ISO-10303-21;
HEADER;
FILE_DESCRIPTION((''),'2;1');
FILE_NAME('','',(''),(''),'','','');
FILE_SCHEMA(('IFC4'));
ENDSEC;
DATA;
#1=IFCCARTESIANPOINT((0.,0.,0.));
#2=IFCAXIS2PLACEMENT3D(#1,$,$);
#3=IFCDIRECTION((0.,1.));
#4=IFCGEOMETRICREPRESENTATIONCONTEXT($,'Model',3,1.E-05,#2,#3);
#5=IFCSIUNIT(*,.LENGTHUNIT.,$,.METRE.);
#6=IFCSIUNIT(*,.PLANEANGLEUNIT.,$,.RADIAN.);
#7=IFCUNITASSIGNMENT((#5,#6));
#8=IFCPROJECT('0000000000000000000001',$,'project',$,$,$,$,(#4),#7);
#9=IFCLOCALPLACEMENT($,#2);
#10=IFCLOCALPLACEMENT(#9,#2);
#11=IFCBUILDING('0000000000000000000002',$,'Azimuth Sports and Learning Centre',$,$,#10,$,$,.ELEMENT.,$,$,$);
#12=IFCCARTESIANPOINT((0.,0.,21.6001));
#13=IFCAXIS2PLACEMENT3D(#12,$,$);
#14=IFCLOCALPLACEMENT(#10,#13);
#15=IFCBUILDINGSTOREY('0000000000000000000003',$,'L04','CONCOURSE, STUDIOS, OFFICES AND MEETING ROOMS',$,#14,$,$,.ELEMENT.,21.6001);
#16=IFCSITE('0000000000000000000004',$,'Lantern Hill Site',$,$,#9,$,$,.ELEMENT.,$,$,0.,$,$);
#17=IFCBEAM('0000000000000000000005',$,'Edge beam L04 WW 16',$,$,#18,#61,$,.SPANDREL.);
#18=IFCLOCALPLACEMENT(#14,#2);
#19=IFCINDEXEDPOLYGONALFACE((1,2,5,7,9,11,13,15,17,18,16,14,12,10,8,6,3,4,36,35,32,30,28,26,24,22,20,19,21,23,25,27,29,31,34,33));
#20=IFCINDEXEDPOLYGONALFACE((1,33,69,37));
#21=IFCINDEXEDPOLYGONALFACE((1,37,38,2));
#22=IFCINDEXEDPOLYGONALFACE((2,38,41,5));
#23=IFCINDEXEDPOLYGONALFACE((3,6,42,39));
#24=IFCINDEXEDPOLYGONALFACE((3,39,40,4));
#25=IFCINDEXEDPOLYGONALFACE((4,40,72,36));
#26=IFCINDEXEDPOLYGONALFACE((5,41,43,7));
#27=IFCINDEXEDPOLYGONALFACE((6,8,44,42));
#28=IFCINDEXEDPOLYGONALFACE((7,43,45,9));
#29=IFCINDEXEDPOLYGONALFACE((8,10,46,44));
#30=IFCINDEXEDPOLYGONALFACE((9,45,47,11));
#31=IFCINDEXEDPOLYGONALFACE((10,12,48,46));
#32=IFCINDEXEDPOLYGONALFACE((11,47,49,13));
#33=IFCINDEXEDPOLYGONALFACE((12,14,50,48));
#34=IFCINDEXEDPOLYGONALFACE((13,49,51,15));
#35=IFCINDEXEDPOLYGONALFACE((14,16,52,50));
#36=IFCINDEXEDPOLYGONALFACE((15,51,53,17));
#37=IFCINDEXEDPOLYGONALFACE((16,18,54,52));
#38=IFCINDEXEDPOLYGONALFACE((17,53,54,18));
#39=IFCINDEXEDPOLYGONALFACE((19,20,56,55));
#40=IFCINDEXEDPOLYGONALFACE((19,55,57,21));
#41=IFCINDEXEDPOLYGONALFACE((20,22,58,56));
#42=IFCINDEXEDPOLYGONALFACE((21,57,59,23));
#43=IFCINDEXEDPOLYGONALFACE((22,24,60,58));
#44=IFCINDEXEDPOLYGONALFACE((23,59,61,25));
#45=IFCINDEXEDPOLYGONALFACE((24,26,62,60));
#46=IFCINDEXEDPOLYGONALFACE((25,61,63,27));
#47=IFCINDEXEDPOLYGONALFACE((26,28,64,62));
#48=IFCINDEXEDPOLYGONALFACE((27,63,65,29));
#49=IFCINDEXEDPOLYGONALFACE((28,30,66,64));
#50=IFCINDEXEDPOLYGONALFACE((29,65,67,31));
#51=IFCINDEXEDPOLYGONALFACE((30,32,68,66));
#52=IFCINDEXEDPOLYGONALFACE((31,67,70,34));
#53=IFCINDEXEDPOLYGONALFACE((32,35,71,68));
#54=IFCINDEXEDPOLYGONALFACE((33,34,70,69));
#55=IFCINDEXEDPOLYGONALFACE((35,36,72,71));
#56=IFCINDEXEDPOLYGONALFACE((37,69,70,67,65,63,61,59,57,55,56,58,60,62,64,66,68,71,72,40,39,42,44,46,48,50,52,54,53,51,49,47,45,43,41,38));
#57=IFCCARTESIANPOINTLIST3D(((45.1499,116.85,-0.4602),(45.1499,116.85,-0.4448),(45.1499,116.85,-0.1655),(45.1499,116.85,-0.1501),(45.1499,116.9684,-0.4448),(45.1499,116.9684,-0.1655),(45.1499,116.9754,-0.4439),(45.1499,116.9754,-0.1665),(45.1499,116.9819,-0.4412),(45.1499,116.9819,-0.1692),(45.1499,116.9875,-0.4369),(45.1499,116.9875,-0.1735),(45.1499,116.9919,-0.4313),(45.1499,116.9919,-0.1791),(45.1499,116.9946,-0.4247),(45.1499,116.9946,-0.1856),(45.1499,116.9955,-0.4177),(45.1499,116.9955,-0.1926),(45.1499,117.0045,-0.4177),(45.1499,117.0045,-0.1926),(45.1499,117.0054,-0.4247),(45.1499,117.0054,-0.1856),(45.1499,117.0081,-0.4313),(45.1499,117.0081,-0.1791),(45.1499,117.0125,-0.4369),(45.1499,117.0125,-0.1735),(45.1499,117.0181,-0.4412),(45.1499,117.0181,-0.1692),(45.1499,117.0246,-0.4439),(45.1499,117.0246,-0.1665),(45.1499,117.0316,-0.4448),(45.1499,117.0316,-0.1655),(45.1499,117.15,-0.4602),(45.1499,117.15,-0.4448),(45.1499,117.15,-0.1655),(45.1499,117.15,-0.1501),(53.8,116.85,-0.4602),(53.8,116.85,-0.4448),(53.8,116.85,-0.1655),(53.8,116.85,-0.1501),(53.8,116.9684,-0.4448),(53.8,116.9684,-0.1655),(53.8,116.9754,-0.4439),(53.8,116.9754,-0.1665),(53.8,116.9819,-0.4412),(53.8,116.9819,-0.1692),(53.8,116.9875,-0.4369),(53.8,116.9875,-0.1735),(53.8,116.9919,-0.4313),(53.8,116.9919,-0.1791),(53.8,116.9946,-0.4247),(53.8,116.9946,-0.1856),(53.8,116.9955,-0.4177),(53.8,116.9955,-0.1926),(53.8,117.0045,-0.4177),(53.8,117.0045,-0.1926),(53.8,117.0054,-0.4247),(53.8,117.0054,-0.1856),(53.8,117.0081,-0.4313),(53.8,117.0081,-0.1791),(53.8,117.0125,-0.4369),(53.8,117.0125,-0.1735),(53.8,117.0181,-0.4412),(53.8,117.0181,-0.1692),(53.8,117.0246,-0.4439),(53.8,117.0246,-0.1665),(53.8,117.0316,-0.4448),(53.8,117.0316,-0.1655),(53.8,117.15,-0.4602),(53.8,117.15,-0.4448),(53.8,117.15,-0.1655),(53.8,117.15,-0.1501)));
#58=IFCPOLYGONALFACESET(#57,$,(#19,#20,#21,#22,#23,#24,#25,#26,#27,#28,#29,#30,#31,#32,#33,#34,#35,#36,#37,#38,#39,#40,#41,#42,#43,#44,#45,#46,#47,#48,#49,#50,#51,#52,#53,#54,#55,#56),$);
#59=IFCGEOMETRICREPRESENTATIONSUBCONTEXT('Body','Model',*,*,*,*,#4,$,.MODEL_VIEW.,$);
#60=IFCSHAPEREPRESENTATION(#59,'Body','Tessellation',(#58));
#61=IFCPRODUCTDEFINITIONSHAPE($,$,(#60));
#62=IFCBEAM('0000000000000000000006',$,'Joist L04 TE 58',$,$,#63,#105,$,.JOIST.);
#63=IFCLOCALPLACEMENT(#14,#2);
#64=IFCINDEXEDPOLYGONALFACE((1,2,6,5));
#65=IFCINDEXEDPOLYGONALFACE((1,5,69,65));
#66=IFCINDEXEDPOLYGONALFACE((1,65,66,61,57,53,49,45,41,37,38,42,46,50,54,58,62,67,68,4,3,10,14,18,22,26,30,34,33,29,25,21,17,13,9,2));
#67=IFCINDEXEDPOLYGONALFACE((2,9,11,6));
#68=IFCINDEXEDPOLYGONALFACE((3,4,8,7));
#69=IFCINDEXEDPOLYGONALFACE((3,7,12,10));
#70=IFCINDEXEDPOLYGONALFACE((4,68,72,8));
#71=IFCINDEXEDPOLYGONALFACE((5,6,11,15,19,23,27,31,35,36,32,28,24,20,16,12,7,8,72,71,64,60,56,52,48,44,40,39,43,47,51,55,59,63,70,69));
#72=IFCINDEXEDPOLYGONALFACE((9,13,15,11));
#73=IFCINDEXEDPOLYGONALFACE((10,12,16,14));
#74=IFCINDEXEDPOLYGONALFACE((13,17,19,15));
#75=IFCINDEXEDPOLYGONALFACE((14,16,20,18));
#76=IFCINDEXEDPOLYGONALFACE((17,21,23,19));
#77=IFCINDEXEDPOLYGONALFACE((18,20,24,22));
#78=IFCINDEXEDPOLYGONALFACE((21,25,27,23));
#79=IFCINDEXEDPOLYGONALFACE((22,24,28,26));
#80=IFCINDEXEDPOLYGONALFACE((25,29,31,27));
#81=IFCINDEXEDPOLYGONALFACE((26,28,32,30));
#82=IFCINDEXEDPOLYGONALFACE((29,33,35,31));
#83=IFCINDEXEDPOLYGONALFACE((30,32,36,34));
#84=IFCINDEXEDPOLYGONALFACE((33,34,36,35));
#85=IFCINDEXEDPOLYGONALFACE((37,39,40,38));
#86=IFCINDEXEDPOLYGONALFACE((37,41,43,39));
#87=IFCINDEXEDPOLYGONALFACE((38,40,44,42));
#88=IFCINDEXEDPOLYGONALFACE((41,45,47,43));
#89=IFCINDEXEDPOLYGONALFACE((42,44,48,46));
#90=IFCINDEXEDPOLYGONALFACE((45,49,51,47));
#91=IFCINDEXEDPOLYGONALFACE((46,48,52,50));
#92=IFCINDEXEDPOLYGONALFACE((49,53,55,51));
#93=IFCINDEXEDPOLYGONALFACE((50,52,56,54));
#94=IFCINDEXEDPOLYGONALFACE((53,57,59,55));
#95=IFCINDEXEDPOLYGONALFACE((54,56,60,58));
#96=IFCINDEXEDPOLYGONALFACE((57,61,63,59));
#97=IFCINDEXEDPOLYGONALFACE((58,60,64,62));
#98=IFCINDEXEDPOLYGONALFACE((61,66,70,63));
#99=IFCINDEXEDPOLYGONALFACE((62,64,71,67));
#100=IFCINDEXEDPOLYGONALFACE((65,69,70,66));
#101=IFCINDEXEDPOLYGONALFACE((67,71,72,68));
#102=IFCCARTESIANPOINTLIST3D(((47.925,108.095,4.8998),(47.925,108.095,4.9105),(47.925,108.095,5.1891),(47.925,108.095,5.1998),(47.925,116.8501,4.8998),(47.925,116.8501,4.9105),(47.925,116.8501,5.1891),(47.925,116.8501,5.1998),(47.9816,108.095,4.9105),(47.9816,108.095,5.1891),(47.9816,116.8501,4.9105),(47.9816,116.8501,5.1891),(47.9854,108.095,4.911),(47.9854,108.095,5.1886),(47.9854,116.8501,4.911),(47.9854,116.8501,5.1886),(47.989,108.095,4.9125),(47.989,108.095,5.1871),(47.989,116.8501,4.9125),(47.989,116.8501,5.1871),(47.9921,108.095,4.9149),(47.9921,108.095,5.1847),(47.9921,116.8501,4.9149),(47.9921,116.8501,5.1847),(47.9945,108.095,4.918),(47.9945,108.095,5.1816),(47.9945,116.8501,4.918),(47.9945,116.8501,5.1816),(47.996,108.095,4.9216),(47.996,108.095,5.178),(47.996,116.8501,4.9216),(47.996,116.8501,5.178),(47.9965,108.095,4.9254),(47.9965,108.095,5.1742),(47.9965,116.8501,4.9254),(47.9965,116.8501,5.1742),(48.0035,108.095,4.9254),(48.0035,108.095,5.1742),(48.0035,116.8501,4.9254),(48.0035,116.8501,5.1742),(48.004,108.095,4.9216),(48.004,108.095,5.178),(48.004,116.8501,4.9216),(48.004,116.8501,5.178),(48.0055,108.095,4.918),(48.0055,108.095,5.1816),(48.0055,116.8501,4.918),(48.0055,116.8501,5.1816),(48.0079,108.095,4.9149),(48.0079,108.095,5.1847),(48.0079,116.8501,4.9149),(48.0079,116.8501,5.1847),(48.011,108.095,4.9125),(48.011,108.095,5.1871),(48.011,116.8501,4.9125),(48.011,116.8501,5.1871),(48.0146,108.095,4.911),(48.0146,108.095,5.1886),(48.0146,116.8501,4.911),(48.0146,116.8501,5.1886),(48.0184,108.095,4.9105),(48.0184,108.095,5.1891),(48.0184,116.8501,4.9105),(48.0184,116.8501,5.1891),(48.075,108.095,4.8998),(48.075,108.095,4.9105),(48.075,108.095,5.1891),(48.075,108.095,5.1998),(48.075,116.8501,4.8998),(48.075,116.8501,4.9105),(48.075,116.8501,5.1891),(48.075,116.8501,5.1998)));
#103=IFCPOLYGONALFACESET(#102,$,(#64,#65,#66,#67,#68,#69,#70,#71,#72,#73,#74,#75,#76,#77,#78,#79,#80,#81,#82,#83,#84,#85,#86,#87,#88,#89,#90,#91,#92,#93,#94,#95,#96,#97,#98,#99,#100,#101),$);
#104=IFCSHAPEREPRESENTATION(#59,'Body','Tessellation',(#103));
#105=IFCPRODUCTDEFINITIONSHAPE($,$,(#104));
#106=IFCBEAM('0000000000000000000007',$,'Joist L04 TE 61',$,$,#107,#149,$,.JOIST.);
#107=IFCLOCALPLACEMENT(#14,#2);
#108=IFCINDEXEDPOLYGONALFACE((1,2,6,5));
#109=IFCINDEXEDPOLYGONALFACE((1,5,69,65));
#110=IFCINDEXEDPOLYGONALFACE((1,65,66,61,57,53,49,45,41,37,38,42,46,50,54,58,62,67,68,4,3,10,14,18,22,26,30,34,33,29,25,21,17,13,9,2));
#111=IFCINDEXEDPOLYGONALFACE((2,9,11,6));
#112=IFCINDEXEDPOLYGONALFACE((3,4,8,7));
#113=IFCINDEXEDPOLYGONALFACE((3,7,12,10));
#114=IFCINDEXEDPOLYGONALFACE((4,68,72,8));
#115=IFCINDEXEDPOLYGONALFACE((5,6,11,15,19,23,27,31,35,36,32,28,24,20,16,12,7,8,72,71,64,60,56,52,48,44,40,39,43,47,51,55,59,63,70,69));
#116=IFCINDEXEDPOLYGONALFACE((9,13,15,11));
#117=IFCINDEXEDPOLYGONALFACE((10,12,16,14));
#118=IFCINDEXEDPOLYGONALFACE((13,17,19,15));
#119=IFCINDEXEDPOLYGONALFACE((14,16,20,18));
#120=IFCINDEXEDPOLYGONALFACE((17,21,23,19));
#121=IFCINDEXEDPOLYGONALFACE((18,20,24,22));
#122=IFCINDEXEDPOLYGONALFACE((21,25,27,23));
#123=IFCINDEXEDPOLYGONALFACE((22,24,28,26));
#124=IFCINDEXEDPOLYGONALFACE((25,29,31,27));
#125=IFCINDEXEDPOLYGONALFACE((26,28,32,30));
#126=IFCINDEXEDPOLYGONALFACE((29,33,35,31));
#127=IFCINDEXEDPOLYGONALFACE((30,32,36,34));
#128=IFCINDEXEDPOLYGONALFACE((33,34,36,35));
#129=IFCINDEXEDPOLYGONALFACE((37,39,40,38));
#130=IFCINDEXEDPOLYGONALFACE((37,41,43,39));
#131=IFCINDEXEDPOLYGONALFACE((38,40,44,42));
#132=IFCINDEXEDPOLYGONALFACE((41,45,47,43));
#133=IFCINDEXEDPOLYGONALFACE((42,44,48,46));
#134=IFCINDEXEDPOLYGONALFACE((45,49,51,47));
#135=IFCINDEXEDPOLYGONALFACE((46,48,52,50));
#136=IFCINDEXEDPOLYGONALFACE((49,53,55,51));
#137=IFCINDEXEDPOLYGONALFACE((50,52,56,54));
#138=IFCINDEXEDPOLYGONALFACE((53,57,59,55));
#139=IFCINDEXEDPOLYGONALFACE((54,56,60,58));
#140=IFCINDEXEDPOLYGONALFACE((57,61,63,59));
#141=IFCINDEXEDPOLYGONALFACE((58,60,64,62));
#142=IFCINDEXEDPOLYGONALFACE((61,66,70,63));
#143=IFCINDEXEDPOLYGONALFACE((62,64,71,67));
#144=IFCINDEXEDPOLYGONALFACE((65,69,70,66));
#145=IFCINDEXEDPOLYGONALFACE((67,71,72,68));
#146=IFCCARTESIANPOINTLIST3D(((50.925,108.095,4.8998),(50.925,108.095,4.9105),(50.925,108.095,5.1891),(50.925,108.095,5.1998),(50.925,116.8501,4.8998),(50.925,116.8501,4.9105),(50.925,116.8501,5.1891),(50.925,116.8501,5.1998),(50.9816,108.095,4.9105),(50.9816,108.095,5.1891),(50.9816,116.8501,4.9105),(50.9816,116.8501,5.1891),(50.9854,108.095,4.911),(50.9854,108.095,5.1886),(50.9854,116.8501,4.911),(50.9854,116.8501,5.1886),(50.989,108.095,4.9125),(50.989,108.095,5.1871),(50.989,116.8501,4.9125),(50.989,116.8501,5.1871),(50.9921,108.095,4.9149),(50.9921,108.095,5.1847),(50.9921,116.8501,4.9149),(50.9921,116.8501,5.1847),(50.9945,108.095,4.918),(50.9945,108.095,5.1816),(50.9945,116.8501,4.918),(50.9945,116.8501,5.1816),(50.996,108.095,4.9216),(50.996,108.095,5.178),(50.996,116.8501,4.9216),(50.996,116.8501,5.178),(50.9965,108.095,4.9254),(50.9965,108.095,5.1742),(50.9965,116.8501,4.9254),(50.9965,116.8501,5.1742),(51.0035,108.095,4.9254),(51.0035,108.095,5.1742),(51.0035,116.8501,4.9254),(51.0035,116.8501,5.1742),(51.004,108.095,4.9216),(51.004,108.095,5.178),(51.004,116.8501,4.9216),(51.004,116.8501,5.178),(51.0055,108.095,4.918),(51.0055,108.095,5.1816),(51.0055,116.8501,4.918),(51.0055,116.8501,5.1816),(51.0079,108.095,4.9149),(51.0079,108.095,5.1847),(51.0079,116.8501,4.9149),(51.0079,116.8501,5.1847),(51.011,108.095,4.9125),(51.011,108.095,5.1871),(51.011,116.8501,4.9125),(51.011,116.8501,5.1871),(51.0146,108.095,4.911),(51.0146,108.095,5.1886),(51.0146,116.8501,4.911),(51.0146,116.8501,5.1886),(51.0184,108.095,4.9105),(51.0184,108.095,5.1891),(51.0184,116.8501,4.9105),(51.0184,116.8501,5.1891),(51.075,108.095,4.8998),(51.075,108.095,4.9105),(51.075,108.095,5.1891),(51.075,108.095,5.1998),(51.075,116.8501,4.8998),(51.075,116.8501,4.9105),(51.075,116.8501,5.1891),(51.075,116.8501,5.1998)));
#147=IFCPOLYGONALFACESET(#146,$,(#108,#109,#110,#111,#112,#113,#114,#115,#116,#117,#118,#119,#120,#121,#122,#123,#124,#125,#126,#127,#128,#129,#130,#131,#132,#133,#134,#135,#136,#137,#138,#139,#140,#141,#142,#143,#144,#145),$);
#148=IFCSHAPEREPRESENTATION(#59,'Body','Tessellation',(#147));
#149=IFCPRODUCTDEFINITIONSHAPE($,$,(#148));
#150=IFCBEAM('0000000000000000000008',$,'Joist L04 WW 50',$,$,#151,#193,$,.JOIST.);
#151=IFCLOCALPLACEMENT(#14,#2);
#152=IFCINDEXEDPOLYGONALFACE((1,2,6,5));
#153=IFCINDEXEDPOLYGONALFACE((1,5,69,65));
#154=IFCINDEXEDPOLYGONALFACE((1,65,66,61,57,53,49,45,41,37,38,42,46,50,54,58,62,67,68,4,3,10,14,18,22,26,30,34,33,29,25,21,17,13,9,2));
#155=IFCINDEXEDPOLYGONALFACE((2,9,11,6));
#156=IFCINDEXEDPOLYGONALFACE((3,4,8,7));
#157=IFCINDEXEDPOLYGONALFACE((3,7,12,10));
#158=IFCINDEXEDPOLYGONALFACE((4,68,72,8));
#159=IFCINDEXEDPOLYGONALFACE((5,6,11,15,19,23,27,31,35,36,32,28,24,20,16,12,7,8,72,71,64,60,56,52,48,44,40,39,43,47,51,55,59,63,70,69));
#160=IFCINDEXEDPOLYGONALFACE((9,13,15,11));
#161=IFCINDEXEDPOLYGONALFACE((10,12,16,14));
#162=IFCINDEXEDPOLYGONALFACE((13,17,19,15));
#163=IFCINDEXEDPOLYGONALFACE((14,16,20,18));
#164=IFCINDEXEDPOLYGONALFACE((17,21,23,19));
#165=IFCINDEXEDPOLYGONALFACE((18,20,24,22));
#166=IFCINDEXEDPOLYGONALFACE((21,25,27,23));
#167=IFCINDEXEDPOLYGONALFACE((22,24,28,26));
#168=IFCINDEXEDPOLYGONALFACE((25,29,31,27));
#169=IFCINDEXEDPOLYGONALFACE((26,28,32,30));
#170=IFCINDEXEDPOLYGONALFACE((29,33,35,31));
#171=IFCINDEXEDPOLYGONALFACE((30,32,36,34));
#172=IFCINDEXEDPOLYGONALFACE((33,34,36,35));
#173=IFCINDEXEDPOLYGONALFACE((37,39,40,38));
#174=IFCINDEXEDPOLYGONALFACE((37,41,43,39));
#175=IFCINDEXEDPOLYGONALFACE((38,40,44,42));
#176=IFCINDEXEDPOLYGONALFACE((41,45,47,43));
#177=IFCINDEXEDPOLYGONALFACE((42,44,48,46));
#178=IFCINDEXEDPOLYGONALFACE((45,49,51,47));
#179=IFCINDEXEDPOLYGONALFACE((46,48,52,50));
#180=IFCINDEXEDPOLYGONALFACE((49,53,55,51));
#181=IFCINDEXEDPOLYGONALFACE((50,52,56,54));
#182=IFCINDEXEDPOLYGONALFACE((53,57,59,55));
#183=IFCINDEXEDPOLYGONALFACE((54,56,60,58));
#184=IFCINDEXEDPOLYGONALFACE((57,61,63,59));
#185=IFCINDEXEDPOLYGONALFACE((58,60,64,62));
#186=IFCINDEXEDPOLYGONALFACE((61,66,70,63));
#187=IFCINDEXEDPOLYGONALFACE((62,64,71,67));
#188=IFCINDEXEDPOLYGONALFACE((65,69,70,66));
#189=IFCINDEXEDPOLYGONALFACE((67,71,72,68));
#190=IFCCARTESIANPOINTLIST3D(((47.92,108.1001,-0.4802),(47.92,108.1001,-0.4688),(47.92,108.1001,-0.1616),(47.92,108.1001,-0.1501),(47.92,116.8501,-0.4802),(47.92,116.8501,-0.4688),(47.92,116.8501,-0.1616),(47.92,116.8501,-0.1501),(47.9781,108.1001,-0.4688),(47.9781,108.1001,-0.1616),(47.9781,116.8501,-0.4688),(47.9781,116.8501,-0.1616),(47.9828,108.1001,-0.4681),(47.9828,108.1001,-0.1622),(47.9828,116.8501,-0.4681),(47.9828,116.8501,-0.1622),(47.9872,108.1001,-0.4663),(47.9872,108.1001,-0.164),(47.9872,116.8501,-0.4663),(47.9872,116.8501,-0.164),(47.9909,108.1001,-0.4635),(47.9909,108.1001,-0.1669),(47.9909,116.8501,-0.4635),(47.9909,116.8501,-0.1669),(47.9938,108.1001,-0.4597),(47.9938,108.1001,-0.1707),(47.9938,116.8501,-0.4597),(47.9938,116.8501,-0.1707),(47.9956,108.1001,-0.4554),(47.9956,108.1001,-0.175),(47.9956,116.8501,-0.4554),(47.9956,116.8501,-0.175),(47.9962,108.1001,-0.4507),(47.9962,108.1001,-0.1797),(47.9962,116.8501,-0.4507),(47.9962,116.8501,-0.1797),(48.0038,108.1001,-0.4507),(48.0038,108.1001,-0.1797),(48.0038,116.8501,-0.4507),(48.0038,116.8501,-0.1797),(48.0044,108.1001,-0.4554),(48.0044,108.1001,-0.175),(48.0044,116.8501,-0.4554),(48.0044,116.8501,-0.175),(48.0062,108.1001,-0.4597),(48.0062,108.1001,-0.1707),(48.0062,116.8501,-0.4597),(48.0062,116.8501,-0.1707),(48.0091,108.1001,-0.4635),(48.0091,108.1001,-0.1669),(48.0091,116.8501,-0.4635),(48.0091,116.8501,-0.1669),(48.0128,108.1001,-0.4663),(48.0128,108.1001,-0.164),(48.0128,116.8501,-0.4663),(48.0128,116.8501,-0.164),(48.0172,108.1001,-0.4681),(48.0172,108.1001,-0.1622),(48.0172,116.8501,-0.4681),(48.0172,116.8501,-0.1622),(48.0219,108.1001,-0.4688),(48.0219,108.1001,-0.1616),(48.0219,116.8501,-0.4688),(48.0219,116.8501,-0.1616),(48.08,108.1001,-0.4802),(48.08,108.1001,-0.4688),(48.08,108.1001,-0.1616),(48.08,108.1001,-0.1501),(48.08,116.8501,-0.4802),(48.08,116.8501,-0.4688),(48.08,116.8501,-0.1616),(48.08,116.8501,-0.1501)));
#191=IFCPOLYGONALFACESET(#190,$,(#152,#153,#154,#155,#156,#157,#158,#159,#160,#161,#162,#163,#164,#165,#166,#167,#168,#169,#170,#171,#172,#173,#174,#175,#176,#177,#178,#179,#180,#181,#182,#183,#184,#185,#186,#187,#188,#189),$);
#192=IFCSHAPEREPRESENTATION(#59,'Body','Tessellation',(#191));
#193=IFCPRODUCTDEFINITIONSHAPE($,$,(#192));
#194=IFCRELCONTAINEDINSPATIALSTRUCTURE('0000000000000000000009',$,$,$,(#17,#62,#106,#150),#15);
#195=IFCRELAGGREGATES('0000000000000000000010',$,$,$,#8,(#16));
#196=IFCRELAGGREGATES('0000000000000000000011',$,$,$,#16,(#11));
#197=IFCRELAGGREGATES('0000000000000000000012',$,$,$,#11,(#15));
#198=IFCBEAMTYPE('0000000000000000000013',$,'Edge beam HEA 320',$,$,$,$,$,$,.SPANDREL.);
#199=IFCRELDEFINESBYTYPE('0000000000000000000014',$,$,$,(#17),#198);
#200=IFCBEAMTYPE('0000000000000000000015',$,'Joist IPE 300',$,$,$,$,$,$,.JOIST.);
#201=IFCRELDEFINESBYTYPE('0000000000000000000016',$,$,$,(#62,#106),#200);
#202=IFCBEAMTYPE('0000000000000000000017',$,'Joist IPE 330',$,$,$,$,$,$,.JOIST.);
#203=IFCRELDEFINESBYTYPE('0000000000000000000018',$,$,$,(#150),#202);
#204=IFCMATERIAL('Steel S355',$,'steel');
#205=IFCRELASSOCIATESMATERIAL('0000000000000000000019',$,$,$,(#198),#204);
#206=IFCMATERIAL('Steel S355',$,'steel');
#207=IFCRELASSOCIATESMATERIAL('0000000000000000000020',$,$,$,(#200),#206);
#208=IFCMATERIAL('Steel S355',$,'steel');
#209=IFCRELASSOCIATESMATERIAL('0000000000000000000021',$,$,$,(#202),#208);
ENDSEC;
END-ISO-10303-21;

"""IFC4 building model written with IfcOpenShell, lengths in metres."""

from ifc_helpers import new_model, si_unit, direction, frame, origin, origin_2d, place, context, subcontext, project, spatial, i_section, extrude, material, material_profile, profile_set, type_object, element, save


model = new_model("IFC4")

# Units and contexts
model_context = context("Model", 3, precision=1e-05, world=origin(), true_north=direction((0.0, 1.0)))
body_context = subcontext(model_context, "Body", "Model", "MODEL_VIEW")
ifc_project = project(units=[si_unit("LENGTHUNIT", "METRE"), si_unit("PLANEANGLEUNIT", "RADIAN")], contexts=[model_context])

# Site, building, storey
site_placement = place(None, origin())
site = spatial("IfcSite", under=ifc_project, at=site_placement, Name="Lantern Hill Site", CompositionType="ELEMENT", RefElevation=0.0)
building_placement = place(site_placement, origin())
building = spatial("IfcBuilding", under=site, at=building_placement, Name="Azimuth Sports and Learning Centre", CompositionType="ELEMENT")
storey_placement = place(building_placement, frame((0.0, 0.0, 21.6001)))
storey = spatial("IfcBuildingStorey", under=building, at=storey_placement, Name="L04", Description="CONCOURSE, STUDIOS, OFFICES AND MEETING ROOMS", CompositionType="ELEMENT", Elevation=21.6001)

# Beams
ifc_material_1 = material(Name="Steel S355", Category="steel")
ifc_material_profile_1 = material_profile(ifc_material_1, i_section(OverallWidth=0.3, OverallDepth=0.3101, WebThickness=0.009, FlangeThickness=0.0154, FilletRadius=0.0271, at=origin_2d()), Name="HEA 320")
ifc_profile_set_1 = profile_set([ifc_material_profile_1], Name="Steel S355")
beam_type_1 = type_object("IfcBeamType", Name="Edge beam HEA 320", PredefinedType="SPANDREL", material=ifc_profile_set_1)
beam_1_placement = place(storey_placement, frame((45.1499, 117.0, -0.3052), z_axis=(1.0, 0.0, 0.0), x_axis=(0.0, 1.0, 0.0)))
element("IfcBeam", 1, at=beam_1_placement, inside=storey, type_object=beam_type_1, Name="Edge beam L04 WW 16", PredefinedType="SPANDREL", context=body_context, shape_type="SweptSolid", body=[
    extrude(i_section(OverallWidth=0.3, OverallDepth=0.3101, WebThickness=0.009, FlangeThickness=0.0154, FilletRadius=0.0271, at=origin_2d()), origin(), (0.0, 0.0, 1.0), 8.6501),
])
ifc_material_2 = material(Name="Steel S355", Category="steel")
ifc_material_profile_2 = material_profile(ifc_material_2, i_section(OverallWidth=0.1499, OverallDepth=0.3, WebThickness=0.0071, FlangeThickness=0.0107, FilletRadius=0.0149, at=origin_2d()), Name="IPE 300")
ifc_profile_set_2 = profile_set([ifc_material_profile_2], Name="Steel S355")
beam_type_2 = type_object("IfcBeamType", Name="Joist IPE 300", PredefinedType="JOIST", material=ifc_profile_set_2)
for number, where, z_axis, x_axis, name in (
    (2, (48.0, 108.095, 5.0498), (0.0, 1.0, 0.0), (-1.0, 0.0, 0.0), "Joist L04 TE 58"),
    (3, (51.0, 108.095, 5.0498), (0.0, 1.0, 0.0), (-1.0, 0.0, 0.0), "Joist L04 TE 61"),
):
    element("IfcBeam", number, at=place(storey_placement, frame(where, z_axis=z_axis, x_axis=x_axis)), inside=storey, type_object=beam_type_2, Name=name, PredefinedType="JOIST", context=body_context, shape_type="SweptSolid", body=[
        extrude(i_section(OverallWidth=0.1499, OverallDepth=0.3, WebThickness=0.0071, FlangeThickness=0.0107, FilletRadius=0.0149, at=origin_2d()), origin(), (0.0, 0.0, 1.0), 8.7551),
    ])
ifc_material_3 = material(Name="Steel S355", Category="steel")
ifc_material_profile_3 = material_profile(ifc_material_3, i_section(OverallWidth=0.1599, OverallDepth=0.3301, WebThickness=0.0076, FlangeThickness=0.0115, FilletRadius=0.0181, at=origin_2d()), Name="IPE 330")
ifc_profile_set_3 = profile_set([ifc_material_profile_3], Name="Steel S355")
beam_type_3 = type_object("IfcBeamType", Name="Joist IPE 330", PredefinedType="JOIST", material=ifc_profile_set_3)
for number, where, z_axis, x_axis, name in (
    (4, (48.0, 108.1001, -0.3152), (0.0, 1.0, 0.0), (-1.0, 0.0, 0.0), "Joist L04 WW 50"),
):
    element("IfcBeam", number, at=place(storey_placement, frame(where, z_axis=z_axis, x_axis=x_axis)), inside=storey, type_object=beam_type_3, Name=name, PredefinedType="JOIST", context=body_context, shape_type="SweptSolid", body=[
        extrude(i_section(OverallWidth=0.1599, OverallDepth=0.3301, WebThickness=0.0076, FlangeThickness=0.0115, FilletRadius=0.0181, at=origin_2d()), origin(), (0.0, 0.0, 1.0), 8.75),
    ])

save(model, "model.ifc")
